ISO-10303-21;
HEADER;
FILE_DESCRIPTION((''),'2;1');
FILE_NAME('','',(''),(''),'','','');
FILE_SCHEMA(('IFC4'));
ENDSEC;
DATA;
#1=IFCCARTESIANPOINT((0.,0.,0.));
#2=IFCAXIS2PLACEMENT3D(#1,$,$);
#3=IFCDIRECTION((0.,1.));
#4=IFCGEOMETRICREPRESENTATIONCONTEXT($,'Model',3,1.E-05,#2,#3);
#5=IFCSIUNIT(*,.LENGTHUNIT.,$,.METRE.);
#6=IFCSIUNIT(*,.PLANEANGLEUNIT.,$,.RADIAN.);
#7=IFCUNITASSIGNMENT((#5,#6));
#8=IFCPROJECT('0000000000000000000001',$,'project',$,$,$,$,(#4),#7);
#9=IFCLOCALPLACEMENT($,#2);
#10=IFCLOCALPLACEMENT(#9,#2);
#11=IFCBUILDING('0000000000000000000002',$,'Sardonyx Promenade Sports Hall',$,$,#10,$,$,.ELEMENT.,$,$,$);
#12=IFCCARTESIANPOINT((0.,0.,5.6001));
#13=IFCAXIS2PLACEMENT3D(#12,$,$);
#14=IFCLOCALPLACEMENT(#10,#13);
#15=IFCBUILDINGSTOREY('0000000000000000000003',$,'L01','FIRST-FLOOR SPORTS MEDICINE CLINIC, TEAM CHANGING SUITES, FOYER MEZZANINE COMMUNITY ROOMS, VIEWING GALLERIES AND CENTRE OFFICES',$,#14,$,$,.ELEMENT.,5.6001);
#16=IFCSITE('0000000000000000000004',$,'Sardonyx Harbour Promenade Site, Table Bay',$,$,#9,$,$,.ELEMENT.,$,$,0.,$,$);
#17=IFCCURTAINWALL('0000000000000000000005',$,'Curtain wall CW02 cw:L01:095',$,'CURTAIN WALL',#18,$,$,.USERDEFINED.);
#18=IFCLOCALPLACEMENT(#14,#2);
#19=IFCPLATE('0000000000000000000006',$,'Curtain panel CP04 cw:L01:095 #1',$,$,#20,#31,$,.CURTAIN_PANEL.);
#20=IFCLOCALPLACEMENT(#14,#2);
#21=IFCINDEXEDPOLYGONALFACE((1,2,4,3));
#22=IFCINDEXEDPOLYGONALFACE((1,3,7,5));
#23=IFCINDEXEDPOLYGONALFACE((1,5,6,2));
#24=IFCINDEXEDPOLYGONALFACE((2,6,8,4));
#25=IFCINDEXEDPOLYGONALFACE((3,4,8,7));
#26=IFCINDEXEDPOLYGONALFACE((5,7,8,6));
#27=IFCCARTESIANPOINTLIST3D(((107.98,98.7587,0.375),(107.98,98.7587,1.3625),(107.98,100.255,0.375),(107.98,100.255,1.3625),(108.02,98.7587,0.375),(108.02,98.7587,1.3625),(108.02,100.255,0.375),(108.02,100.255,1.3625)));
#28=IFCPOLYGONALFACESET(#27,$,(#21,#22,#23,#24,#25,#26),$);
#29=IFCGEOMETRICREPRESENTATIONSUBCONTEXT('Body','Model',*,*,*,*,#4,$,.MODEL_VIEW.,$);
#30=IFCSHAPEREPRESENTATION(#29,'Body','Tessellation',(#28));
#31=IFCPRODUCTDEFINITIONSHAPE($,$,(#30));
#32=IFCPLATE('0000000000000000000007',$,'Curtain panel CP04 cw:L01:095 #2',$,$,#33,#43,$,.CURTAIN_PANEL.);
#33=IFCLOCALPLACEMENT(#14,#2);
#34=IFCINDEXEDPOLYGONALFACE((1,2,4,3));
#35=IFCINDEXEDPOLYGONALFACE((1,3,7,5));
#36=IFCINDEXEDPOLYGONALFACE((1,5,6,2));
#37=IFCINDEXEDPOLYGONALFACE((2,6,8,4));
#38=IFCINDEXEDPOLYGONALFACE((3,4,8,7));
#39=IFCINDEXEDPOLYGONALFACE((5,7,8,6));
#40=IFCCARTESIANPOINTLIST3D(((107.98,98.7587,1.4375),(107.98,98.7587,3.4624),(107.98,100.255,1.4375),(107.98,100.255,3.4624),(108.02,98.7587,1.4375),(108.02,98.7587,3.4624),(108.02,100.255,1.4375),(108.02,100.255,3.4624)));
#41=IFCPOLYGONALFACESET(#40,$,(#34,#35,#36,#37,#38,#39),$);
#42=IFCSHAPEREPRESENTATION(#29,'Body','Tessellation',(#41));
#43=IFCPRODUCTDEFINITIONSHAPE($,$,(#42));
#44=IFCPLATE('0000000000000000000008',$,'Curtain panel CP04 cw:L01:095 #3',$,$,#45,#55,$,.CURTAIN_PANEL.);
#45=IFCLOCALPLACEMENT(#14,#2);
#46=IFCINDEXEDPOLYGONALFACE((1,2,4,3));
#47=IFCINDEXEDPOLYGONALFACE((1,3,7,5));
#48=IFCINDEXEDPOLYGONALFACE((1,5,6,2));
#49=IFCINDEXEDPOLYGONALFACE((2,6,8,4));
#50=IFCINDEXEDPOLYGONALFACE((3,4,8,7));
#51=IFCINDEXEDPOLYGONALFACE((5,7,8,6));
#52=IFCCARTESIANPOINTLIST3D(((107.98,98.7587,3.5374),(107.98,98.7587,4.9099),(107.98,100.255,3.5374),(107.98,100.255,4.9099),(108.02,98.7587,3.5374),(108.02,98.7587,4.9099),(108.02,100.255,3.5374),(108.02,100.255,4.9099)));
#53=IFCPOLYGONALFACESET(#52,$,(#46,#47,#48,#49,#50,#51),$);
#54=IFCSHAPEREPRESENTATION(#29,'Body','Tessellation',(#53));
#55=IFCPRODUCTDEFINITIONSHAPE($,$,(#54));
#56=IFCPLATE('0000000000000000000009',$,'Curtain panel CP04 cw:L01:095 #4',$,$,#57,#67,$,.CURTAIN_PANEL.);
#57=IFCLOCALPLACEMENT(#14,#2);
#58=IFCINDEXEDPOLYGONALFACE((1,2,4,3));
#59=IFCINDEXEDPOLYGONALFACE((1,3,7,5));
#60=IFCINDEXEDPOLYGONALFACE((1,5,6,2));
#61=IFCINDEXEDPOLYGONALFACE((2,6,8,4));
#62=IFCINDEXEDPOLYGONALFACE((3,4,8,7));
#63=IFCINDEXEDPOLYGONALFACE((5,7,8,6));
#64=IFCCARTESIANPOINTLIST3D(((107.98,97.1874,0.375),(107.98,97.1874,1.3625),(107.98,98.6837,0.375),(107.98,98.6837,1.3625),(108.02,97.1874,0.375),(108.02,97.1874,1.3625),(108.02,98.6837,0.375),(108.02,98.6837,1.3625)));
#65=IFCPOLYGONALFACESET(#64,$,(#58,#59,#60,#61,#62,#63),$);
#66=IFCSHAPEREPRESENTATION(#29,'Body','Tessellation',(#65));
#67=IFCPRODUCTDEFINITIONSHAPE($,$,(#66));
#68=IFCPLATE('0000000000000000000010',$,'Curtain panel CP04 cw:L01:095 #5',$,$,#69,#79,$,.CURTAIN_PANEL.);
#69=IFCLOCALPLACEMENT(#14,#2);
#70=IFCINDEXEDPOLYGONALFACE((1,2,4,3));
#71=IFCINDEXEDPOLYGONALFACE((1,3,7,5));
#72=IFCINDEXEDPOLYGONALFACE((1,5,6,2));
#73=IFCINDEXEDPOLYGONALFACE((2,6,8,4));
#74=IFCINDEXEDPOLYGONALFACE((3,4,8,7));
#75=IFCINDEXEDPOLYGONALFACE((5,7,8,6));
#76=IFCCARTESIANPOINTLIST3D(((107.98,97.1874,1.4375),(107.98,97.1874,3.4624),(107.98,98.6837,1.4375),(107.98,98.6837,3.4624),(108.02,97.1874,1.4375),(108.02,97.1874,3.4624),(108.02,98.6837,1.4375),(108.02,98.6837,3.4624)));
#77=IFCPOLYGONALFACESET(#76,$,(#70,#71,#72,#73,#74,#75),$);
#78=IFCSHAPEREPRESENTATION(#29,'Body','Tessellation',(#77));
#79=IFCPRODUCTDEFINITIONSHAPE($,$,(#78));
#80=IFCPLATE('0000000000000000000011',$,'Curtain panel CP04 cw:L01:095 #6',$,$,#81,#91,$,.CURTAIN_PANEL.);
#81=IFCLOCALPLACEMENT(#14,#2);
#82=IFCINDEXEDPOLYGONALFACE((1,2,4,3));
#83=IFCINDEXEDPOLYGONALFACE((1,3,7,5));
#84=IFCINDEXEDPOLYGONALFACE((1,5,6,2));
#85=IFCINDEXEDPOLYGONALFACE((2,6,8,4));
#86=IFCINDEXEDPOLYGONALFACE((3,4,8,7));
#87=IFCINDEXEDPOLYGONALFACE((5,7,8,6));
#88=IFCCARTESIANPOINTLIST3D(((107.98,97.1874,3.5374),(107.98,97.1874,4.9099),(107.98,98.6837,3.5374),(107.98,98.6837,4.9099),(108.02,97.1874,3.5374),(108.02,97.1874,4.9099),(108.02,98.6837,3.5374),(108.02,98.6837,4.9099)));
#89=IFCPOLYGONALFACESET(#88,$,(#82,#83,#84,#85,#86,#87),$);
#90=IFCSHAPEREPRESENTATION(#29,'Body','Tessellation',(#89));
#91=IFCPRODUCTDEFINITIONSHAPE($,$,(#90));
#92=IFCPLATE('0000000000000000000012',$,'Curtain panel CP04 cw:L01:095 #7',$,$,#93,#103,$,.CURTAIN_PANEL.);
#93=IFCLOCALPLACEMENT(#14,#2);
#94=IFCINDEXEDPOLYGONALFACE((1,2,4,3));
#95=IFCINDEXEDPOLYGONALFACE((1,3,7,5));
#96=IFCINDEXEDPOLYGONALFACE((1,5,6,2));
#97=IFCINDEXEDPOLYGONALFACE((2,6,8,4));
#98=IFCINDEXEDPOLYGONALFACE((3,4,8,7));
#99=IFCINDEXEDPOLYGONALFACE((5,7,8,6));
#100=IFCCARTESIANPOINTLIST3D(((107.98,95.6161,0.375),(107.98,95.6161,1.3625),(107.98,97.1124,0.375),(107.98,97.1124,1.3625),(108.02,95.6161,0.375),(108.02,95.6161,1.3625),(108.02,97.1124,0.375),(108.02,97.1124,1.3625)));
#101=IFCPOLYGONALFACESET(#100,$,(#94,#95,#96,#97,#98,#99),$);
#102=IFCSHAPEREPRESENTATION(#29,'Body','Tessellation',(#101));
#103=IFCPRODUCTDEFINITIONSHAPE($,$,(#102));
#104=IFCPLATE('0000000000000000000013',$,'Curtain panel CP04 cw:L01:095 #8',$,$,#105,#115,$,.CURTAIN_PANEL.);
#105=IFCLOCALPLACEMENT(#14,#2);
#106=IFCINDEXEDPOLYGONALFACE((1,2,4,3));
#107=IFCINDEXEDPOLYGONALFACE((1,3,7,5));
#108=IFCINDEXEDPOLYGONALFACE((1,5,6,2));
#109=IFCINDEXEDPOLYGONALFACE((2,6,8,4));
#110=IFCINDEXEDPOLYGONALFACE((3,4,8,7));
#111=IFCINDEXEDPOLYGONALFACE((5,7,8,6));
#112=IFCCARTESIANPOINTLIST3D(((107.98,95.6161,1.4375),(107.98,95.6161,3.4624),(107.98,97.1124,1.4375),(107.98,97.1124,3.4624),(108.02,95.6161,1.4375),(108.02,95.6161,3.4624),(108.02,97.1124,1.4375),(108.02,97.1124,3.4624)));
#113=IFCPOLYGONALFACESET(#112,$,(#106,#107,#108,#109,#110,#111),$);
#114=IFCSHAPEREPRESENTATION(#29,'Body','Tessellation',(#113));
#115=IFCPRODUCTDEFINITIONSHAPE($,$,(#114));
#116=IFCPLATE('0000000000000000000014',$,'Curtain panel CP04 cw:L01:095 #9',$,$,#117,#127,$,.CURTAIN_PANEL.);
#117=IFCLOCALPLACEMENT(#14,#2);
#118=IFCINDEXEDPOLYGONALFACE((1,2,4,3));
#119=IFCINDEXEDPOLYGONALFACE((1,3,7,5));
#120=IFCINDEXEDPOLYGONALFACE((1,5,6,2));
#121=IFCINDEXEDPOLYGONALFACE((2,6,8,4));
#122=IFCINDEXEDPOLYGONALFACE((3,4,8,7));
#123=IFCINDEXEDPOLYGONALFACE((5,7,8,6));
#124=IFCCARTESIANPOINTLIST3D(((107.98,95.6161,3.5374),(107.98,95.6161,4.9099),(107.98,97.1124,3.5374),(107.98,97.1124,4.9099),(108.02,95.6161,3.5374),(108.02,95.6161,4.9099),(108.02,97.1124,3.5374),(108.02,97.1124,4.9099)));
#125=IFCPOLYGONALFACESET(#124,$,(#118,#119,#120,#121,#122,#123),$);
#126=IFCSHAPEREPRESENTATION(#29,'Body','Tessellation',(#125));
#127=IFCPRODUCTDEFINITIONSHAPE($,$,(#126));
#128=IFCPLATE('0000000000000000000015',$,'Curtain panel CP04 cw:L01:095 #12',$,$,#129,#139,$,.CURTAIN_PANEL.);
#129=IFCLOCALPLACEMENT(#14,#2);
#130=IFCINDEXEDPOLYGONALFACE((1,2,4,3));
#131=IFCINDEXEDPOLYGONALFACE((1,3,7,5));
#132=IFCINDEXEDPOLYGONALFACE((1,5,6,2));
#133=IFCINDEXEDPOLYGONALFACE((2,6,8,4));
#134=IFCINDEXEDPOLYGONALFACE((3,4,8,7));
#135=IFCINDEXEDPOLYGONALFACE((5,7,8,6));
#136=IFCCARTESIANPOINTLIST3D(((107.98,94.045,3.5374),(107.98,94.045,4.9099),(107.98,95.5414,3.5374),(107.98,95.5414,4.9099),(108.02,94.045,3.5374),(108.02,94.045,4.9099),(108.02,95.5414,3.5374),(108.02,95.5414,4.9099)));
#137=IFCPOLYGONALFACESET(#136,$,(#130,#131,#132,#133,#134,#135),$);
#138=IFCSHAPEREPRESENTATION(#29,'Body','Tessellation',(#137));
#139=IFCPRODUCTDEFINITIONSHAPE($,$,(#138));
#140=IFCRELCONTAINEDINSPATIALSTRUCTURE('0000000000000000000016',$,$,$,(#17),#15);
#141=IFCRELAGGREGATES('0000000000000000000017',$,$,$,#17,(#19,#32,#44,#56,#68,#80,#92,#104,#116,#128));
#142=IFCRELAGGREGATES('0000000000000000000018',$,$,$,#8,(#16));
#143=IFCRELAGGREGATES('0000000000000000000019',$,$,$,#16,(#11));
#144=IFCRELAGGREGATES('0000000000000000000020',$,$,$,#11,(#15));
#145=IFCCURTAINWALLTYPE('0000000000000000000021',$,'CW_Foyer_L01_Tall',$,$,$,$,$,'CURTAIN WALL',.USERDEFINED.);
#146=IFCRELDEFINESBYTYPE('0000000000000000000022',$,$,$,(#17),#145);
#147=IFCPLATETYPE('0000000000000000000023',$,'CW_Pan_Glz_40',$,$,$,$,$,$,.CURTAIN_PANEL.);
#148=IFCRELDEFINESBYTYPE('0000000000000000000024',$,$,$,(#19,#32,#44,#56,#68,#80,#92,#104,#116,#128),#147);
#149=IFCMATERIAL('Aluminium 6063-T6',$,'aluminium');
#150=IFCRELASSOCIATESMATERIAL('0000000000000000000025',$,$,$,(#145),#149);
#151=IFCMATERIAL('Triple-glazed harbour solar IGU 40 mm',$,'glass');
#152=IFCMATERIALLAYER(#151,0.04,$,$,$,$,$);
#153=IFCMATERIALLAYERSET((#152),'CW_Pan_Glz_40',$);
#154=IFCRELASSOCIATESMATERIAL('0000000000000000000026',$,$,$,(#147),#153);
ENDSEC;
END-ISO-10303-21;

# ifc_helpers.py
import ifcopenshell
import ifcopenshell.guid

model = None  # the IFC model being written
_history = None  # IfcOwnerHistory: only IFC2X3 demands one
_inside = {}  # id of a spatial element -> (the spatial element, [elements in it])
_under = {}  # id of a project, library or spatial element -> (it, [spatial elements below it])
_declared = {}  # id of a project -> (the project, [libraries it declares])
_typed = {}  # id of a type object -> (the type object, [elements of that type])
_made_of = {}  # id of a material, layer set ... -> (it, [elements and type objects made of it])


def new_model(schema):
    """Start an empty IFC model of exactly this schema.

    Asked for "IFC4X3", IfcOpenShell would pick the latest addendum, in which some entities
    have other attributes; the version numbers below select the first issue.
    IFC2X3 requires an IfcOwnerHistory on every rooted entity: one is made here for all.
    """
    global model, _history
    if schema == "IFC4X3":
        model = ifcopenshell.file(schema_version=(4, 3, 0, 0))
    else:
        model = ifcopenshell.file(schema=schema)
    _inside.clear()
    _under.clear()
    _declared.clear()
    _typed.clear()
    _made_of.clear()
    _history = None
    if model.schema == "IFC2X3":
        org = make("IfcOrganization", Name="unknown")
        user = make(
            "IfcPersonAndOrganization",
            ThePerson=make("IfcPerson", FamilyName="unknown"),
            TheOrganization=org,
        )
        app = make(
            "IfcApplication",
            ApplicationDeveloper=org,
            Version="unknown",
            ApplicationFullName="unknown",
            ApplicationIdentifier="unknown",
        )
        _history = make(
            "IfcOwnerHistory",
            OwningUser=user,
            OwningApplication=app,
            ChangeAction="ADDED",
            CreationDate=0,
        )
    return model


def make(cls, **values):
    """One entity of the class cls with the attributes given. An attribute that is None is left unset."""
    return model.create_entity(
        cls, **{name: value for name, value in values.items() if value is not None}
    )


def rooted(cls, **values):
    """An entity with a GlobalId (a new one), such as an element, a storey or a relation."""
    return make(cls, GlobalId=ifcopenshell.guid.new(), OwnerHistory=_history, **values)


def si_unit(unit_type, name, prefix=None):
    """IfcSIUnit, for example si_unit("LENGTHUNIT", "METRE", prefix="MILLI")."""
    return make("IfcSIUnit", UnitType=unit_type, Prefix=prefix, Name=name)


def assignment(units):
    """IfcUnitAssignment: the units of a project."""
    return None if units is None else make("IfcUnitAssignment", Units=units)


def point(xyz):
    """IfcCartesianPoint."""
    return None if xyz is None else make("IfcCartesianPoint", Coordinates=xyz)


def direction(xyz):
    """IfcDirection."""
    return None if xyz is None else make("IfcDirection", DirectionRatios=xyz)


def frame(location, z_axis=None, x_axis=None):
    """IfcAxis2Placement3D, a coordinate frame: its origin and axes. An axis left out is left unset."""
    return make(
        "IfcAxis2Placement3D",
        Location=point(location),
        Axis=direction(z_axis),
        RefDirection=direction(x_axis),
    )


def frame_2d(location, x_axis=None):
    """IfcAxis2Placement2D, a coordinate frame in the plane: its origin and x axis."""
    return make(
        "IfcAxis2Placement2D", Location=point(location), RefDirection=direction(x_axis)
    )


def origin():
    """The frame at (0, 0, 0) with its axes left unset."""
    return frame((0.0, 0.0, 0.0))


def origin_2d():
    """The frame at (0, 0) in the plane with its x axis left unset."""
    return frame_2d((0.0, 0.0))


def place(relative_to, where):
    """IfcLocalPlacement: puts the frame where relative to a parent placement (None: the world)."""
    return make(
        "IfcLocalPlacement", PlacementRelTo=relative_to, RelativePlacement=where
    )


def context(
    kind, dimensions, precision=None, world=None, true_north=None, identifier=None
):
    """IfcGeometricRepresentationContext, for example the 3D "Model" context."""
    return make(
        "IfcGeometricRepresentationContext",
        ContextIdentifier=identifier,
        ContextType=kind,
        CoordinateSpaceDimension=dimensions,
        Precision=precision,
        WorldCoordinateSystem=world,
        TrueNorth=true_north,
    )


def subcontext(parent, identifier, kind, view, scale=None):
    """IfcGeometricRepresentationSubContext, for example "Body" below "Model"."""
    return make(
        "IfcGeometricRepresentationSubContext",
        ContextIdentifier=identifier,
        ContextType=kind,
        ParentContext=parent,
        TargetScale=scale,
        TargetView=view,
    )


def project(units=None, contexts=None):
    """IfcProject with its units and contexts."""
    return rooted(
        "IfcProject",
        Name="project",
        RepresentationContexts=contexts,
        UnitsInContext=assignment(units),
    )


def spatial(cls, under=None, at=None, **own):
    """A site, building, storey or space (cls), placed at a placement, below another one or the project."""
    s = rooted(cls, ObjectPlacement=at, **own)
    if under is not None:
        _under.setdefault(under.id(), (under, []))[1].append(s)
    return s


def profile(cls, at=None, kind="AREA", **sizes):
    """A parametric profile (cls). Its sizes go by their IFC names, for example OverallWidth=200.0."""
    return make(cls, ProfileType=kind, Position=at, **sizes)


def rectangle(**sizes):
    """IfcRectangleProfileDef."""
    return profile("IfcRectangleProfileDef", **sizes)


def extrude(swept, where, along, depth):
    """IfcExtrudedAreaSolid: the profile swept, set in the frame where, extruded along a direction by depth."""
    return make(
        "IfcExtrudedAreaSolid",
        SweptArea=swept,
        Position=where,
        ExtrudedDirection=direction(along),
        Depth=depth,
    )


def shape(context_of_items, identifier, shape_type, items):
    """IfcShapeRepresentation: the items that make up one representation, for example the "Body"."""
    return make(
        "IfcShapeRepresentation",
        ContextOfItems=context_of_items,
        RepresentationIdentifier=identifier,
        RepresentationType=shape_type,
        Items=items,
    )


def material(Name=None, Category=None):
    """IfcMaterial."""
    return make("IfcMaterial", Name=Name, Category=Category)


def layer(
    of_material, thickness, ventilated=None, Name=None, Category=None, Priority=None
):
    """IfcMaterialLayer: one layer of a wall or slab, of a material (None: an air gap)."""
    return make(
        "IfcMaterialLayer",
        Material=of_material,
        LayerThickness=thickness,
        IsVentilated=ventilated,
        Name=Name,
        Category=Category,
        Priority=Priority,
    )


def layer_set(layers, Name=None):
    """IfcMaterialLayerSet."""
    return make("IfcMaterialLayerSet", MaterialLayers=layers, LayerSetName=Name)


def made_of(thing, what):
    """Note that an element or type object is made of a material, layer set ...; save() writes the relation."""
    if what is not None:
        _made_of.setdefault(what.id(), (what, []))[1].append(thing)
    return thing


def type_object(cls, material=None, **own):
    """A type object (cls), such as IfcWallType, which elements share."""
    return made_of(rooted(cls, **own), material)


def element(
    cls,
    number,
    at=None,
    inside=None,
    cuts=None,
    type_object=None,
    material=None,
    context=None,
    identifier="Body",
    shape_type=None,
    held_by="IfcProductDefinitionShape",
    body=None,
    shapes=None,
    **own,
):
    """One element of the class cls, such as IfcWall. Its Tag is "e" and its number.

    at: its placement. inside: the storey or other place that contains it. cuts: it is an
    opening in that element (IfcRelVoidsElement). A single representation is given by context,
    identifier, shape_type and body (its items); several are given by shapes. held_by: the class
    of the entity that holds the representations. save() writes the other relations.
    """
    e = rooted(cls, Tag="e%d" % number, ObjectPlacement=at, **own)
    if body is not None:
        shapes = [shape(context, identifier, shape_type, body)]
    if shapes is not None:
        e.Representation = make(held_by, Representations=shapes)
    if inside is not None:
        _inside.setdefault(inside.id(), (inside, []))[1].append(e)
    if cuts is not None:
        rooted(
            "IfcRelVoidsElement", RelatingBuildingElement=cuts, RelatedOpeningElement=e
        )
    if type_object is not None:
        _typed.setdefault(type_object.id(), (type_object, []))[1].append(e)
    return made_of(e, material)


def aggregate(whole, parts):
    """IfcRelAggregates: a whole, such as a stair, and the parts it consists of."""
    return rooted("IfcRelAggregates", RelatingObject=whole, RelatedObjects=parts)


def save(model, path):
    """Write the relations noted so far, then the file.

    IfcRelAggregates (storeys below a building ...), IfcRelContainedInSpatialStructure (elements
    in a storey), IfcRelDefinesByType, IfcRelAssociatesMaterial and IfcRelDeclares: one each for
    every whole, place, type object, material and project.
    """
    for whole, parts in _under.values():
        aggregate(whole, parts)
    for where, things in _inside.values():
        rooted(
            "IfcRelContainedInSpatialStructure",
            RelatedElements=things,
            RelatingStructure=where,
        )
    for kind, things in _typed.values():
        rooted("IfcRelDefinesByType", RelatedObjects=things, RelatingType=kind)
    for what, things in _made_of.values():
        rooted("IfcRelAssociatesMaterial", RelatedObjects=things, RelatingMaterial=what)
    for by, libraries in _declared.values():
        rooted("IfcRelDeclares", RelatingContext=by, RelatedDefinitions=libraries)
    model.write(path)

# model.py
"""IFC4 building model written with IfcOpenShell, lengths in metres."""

from ifc_helpers import new_model, si_unit, direction, frame, origin, origin_2d, place, context, subcontext, project, spatial, rectangle, extrude, material, layer, layer_set, type_object, element, aggregate, save


model = new_model("IFC4")

# Units and contexts
model_context = context("Model", 3, precision=1e-05, world=origin(), true_north=direction((0.0, 1.0)))
body_context = subcontext(model_context, "Body", "Model", "MODEL_VIEW")
ifc_project = project(units=[si_unit("LENGTHUNIT", "METRE"), si_unit("PLANEANGLEUNIT", "RADIAN")], contexts=[model_context])

# Site, building, storey
site_placement = place(None, origin())
site = spatial("IfcSite", under=ifc_project, at=site_placement, Name="Sardonyx Harbour Promenade Site, Table Bay", CompositionType="ELEMENT", RefElevation=0.0)
building_placement = place(site_placement, origin())
building = spatial("IfcBuilding", under=site, at=building_placement, Name="Sardonyx Promenade Sports Hall", CompositionType="ELEMENT")
storey_placement = place(building_placement, frame((0.0, 0.0, 5.6001)))
storey = spatial("IfcBuildingStorey", under=building, at=storey_placement, Name="L01", Description="FIRST-FLOOR SPORTS MEDICINE CLINIC, TEAM CHANGING SUITES, FOYER MEZZANINE COMMUNITY ROOMS, VIEWING GALLERIES AND CENTRE OFFICES", CompositionType="ELEMENT", Elevation=5.6001)

# Curtain wall, plates
ifc_material_1 = material(Name="Aluminium 6063-T6", Category="aluminium")
curtain_wall_type = type_object("IfcCurtainWallType", Name="CW_Foyer_L01_Tall", ElementType="CURTAIN WALL", PredefinedType="USERDEFINED", material=ifc_material_1)
curtain_wall_placement = place(storey_placement, origin())
curtain_wall = element("IfcCurtainWall", 1, at=curtain_wall_placement, inside=storey, type_object=curtain_wall_type, Name="Curtain wall CW02 cw:L01:095", ObjectType="CURTAIN WALL", PredefinedType="USERDEFINED")
ifc_material_2 = material(Name="Triple-glazed harbour solar IGU 40 mm", Category="glass")
ifc_layer = layer(ifc_material_2, 0.04)
ifc_layer_set = layer_set([ifc_layer], Name="CW_Pan_Glz_40")
plate_type = type_object("IfcPlateType", Name="CW_Pan_Glz_40", PredefinedType="CURTAIN_PANEL", material=ifc_layer_set)
plate_1_placement = place(storey_placement, frame((108.0, 99.5068, 0.375), z_axis=(0.0, 0.0, 1.0), x_axis=(0.0, -1.0, 0.0)))
plate_1 = element("IfcPlate", 2, at=plate_1_placement, type_object=plate_type, Name="Curtain panel CP04 cw:L01:095 #1", PredefinedType="CURTAIN_PANEL", context=body_context, shape_type="SweptSolid", body=[
    extrude(rectangle(XDim=1.4963, YDim=0.04, at=origin_2d()), origin(), (0.0, 0.0, 1.0), 0.9875),
])
plate_2_placement = place(storey_placement, frame((108.0, 99.5068, 1.4375), z_axis=(0.0, 0.0, 1.0), x_axis=(0.0, -1.0, 0.0)))
plate_2 = element("IfcPlate", 3, at=plate_2_placement, type_object=plate_type, Name="Curtain panel CP04 cw:L01:095 #2", PredefinedType="CURTAIN_PANEL", context=body_context, shape_type="SweptSolid", body=[
    extrude(rectangle(XDim=1.4963, YDim=0.04, at=origin_2d()), origin(), (0.0, 0.0, 1.0), 2.0249),
])
plate_3_placement = place(storey_placement, frame((108.0, 99.5068, 3.5374), z_axis=(0.0, 0.0, 1.0), x_axis=(0.0, -1.0, 0.0)))
plate_3 = element("IfcPlate", 4, at=plate_3_placement, type_object=plate_type, Name="Curtain panel CP04 cw:L01:095 #3", PredefinedType="CURTAIN_PANEL", context=body_context, shape_type="SweptSolid", body=[
    extrude(rectangle(XDim=1.4963, YDim=0.04, at=origin_2d()), origin(), (0.0, 0.0, 1.0), 1.3726),
])
plate_4_placement = place(storey_placement, frame((108.0, 97.9355, 0.375), z_axis=(0.0, 0.0, 1.0), x_axis=(0.0, -1.0, 0.0)))
plate_4 = element("IfcPlate", 5, at=plate_4_placement, type_object=plate_type, Name="Curtain panel CP04 cw:L01:095 #4", PredefinedType="CURTAIN_PANEL", context=body_context, shape_type="SweptSolid", body=[
    extrude(rectangle(XDim=1.4963, YDim=0.04, at=origin_2d()), origin(), (0.0, 0.0, 1.0), 0.9875),
])
plate_5_placement = place(storey_placement, frame((108.0, 97.9355, 1.4375), z_axis=(0.0, 0.0, 1.0), x_axis=(0.0, -1.0, 0.0)))
plate_5 = element("IfcPlate", 6, at=plate_5_placement, type_object=plate_type, Name="Curtain panel CP04 cw:L01:095 #5", PredefinedType="CURTAIN_PANEL", context=body_context, shape_type="SweptSolid", body=[
    extrude(rectangle(XDim=1.4963, YDim=0.04, at=origin_2d()), origin(), (0.0, 0.0, 1.0), 2.0249),
])
plate_6_placement = place(storey_placement, frame((108.0, 97.9355, 3.5374), z_axis=(0.0, 0.0, 1.0), x_axis=(0.0, -1.0, 0.0)))
plate_6 = element("IfcPlate", 7, at=plate_6_placement, type_object=plate_type, Name="Curtain panel CP04 cw:L01:095 #6", PredefinedType="CURTAIN_PANEL", context=body_context, shape_type="SweptSolid", body=[
    extrude(rectangle(XDim=1.4963, YDim=0.04, at=origin_2d()), origin(), (0.0, 0.0, 1.0), 1.3726),
])
plate_7_placement = place(storey_placement, frame((108.0, 96.3643, 0.375), z_axis=(0.0, 0.0, 1.0), x_axis=(0.0, -1.0, 0.0)))
plate_7 = element("IfcPlate", 8, at=plate_7_placement, type_object=plate_type, Name="Curtain panel CP04 cw:L01:095 #7", PredefinedType="CURTAIN_PANEL", context=body_context, shape_type="SweptSolid", body=[
    extrude(rectangle(XDim=1.4963, YDim=0.04, at=origin_2d()), origin(), (0.0, 0.0, 1.0), 0.9875),
])
plate_8_placement = place(storey_placement, frame((108.0, 96.3643, 1.4375), z_axis=(0.0, 0.0, 1.0), x_axis=(0.0, -1.0, 0.0)))
plate_8 = element("IfcPlate", 9, at=plate_8_placement, type_object=plate_type, Name="Curtain panel CP04 cw:L01:095 #8", PredefinedType="CURTAIN_PANEL", context=body_context, shape_type="SweptSolid", body=[
    extrude(rectangle(XDim=1.4963, YDim=0.04, at=origin_2d()), origin(), (0.0, 0.0, 1.0), 2.0249),
])
plate_9_placement = place(storey_placement, frame((108.0, 96.3643, 3.5374), z_axis=(0.0, 0.0, 1.0), x_axis=(0.0, -1.0, 0.0)))
plate_9 = element("IfcPlate", 10, at=plate_9_placement, type_object=plate_type, Name="Curtain panel CP04 cw:L01:095 #9", PredefinedType="CURTAIN_PANEL", context=body_context, shape_type="SweptSolid", body=[
    extrude(rectangle(XDim=1.4963, YDim=0.04, at=origin_2d()), origin(), (0.0, 0.0, 1.0), 1.3726),
])
plate_10_placement = place(storey_placement, frame((108.0, 94.7932, 3.5374), z_axis=(0.0, 0.0, 1.0), x_axis=(0.0, -1.0, 0.0)))
plate_10 = element("IfcPlate", 11, at=plate_10_placement, type_object=plate_type, Name="Curtain panel CP04 cw:L01:095 #12", PredefinedType="CURTAIN_PANEL", context=body_context, shape_type="SweptSolid", body=[
    extrude(rectangle(XDim=1.4963, YDim=0.04, at=origin_2d()), origin(), (0.0, 0.0, 1.0), 1.3726),
])
aggregate(curtain_wall, [plate_1, plate_2, plate_3, plate_4, plate_5, plate_6, plate_7, plate_8, plate_9, plate_10])

save(model, "model.ifc")
